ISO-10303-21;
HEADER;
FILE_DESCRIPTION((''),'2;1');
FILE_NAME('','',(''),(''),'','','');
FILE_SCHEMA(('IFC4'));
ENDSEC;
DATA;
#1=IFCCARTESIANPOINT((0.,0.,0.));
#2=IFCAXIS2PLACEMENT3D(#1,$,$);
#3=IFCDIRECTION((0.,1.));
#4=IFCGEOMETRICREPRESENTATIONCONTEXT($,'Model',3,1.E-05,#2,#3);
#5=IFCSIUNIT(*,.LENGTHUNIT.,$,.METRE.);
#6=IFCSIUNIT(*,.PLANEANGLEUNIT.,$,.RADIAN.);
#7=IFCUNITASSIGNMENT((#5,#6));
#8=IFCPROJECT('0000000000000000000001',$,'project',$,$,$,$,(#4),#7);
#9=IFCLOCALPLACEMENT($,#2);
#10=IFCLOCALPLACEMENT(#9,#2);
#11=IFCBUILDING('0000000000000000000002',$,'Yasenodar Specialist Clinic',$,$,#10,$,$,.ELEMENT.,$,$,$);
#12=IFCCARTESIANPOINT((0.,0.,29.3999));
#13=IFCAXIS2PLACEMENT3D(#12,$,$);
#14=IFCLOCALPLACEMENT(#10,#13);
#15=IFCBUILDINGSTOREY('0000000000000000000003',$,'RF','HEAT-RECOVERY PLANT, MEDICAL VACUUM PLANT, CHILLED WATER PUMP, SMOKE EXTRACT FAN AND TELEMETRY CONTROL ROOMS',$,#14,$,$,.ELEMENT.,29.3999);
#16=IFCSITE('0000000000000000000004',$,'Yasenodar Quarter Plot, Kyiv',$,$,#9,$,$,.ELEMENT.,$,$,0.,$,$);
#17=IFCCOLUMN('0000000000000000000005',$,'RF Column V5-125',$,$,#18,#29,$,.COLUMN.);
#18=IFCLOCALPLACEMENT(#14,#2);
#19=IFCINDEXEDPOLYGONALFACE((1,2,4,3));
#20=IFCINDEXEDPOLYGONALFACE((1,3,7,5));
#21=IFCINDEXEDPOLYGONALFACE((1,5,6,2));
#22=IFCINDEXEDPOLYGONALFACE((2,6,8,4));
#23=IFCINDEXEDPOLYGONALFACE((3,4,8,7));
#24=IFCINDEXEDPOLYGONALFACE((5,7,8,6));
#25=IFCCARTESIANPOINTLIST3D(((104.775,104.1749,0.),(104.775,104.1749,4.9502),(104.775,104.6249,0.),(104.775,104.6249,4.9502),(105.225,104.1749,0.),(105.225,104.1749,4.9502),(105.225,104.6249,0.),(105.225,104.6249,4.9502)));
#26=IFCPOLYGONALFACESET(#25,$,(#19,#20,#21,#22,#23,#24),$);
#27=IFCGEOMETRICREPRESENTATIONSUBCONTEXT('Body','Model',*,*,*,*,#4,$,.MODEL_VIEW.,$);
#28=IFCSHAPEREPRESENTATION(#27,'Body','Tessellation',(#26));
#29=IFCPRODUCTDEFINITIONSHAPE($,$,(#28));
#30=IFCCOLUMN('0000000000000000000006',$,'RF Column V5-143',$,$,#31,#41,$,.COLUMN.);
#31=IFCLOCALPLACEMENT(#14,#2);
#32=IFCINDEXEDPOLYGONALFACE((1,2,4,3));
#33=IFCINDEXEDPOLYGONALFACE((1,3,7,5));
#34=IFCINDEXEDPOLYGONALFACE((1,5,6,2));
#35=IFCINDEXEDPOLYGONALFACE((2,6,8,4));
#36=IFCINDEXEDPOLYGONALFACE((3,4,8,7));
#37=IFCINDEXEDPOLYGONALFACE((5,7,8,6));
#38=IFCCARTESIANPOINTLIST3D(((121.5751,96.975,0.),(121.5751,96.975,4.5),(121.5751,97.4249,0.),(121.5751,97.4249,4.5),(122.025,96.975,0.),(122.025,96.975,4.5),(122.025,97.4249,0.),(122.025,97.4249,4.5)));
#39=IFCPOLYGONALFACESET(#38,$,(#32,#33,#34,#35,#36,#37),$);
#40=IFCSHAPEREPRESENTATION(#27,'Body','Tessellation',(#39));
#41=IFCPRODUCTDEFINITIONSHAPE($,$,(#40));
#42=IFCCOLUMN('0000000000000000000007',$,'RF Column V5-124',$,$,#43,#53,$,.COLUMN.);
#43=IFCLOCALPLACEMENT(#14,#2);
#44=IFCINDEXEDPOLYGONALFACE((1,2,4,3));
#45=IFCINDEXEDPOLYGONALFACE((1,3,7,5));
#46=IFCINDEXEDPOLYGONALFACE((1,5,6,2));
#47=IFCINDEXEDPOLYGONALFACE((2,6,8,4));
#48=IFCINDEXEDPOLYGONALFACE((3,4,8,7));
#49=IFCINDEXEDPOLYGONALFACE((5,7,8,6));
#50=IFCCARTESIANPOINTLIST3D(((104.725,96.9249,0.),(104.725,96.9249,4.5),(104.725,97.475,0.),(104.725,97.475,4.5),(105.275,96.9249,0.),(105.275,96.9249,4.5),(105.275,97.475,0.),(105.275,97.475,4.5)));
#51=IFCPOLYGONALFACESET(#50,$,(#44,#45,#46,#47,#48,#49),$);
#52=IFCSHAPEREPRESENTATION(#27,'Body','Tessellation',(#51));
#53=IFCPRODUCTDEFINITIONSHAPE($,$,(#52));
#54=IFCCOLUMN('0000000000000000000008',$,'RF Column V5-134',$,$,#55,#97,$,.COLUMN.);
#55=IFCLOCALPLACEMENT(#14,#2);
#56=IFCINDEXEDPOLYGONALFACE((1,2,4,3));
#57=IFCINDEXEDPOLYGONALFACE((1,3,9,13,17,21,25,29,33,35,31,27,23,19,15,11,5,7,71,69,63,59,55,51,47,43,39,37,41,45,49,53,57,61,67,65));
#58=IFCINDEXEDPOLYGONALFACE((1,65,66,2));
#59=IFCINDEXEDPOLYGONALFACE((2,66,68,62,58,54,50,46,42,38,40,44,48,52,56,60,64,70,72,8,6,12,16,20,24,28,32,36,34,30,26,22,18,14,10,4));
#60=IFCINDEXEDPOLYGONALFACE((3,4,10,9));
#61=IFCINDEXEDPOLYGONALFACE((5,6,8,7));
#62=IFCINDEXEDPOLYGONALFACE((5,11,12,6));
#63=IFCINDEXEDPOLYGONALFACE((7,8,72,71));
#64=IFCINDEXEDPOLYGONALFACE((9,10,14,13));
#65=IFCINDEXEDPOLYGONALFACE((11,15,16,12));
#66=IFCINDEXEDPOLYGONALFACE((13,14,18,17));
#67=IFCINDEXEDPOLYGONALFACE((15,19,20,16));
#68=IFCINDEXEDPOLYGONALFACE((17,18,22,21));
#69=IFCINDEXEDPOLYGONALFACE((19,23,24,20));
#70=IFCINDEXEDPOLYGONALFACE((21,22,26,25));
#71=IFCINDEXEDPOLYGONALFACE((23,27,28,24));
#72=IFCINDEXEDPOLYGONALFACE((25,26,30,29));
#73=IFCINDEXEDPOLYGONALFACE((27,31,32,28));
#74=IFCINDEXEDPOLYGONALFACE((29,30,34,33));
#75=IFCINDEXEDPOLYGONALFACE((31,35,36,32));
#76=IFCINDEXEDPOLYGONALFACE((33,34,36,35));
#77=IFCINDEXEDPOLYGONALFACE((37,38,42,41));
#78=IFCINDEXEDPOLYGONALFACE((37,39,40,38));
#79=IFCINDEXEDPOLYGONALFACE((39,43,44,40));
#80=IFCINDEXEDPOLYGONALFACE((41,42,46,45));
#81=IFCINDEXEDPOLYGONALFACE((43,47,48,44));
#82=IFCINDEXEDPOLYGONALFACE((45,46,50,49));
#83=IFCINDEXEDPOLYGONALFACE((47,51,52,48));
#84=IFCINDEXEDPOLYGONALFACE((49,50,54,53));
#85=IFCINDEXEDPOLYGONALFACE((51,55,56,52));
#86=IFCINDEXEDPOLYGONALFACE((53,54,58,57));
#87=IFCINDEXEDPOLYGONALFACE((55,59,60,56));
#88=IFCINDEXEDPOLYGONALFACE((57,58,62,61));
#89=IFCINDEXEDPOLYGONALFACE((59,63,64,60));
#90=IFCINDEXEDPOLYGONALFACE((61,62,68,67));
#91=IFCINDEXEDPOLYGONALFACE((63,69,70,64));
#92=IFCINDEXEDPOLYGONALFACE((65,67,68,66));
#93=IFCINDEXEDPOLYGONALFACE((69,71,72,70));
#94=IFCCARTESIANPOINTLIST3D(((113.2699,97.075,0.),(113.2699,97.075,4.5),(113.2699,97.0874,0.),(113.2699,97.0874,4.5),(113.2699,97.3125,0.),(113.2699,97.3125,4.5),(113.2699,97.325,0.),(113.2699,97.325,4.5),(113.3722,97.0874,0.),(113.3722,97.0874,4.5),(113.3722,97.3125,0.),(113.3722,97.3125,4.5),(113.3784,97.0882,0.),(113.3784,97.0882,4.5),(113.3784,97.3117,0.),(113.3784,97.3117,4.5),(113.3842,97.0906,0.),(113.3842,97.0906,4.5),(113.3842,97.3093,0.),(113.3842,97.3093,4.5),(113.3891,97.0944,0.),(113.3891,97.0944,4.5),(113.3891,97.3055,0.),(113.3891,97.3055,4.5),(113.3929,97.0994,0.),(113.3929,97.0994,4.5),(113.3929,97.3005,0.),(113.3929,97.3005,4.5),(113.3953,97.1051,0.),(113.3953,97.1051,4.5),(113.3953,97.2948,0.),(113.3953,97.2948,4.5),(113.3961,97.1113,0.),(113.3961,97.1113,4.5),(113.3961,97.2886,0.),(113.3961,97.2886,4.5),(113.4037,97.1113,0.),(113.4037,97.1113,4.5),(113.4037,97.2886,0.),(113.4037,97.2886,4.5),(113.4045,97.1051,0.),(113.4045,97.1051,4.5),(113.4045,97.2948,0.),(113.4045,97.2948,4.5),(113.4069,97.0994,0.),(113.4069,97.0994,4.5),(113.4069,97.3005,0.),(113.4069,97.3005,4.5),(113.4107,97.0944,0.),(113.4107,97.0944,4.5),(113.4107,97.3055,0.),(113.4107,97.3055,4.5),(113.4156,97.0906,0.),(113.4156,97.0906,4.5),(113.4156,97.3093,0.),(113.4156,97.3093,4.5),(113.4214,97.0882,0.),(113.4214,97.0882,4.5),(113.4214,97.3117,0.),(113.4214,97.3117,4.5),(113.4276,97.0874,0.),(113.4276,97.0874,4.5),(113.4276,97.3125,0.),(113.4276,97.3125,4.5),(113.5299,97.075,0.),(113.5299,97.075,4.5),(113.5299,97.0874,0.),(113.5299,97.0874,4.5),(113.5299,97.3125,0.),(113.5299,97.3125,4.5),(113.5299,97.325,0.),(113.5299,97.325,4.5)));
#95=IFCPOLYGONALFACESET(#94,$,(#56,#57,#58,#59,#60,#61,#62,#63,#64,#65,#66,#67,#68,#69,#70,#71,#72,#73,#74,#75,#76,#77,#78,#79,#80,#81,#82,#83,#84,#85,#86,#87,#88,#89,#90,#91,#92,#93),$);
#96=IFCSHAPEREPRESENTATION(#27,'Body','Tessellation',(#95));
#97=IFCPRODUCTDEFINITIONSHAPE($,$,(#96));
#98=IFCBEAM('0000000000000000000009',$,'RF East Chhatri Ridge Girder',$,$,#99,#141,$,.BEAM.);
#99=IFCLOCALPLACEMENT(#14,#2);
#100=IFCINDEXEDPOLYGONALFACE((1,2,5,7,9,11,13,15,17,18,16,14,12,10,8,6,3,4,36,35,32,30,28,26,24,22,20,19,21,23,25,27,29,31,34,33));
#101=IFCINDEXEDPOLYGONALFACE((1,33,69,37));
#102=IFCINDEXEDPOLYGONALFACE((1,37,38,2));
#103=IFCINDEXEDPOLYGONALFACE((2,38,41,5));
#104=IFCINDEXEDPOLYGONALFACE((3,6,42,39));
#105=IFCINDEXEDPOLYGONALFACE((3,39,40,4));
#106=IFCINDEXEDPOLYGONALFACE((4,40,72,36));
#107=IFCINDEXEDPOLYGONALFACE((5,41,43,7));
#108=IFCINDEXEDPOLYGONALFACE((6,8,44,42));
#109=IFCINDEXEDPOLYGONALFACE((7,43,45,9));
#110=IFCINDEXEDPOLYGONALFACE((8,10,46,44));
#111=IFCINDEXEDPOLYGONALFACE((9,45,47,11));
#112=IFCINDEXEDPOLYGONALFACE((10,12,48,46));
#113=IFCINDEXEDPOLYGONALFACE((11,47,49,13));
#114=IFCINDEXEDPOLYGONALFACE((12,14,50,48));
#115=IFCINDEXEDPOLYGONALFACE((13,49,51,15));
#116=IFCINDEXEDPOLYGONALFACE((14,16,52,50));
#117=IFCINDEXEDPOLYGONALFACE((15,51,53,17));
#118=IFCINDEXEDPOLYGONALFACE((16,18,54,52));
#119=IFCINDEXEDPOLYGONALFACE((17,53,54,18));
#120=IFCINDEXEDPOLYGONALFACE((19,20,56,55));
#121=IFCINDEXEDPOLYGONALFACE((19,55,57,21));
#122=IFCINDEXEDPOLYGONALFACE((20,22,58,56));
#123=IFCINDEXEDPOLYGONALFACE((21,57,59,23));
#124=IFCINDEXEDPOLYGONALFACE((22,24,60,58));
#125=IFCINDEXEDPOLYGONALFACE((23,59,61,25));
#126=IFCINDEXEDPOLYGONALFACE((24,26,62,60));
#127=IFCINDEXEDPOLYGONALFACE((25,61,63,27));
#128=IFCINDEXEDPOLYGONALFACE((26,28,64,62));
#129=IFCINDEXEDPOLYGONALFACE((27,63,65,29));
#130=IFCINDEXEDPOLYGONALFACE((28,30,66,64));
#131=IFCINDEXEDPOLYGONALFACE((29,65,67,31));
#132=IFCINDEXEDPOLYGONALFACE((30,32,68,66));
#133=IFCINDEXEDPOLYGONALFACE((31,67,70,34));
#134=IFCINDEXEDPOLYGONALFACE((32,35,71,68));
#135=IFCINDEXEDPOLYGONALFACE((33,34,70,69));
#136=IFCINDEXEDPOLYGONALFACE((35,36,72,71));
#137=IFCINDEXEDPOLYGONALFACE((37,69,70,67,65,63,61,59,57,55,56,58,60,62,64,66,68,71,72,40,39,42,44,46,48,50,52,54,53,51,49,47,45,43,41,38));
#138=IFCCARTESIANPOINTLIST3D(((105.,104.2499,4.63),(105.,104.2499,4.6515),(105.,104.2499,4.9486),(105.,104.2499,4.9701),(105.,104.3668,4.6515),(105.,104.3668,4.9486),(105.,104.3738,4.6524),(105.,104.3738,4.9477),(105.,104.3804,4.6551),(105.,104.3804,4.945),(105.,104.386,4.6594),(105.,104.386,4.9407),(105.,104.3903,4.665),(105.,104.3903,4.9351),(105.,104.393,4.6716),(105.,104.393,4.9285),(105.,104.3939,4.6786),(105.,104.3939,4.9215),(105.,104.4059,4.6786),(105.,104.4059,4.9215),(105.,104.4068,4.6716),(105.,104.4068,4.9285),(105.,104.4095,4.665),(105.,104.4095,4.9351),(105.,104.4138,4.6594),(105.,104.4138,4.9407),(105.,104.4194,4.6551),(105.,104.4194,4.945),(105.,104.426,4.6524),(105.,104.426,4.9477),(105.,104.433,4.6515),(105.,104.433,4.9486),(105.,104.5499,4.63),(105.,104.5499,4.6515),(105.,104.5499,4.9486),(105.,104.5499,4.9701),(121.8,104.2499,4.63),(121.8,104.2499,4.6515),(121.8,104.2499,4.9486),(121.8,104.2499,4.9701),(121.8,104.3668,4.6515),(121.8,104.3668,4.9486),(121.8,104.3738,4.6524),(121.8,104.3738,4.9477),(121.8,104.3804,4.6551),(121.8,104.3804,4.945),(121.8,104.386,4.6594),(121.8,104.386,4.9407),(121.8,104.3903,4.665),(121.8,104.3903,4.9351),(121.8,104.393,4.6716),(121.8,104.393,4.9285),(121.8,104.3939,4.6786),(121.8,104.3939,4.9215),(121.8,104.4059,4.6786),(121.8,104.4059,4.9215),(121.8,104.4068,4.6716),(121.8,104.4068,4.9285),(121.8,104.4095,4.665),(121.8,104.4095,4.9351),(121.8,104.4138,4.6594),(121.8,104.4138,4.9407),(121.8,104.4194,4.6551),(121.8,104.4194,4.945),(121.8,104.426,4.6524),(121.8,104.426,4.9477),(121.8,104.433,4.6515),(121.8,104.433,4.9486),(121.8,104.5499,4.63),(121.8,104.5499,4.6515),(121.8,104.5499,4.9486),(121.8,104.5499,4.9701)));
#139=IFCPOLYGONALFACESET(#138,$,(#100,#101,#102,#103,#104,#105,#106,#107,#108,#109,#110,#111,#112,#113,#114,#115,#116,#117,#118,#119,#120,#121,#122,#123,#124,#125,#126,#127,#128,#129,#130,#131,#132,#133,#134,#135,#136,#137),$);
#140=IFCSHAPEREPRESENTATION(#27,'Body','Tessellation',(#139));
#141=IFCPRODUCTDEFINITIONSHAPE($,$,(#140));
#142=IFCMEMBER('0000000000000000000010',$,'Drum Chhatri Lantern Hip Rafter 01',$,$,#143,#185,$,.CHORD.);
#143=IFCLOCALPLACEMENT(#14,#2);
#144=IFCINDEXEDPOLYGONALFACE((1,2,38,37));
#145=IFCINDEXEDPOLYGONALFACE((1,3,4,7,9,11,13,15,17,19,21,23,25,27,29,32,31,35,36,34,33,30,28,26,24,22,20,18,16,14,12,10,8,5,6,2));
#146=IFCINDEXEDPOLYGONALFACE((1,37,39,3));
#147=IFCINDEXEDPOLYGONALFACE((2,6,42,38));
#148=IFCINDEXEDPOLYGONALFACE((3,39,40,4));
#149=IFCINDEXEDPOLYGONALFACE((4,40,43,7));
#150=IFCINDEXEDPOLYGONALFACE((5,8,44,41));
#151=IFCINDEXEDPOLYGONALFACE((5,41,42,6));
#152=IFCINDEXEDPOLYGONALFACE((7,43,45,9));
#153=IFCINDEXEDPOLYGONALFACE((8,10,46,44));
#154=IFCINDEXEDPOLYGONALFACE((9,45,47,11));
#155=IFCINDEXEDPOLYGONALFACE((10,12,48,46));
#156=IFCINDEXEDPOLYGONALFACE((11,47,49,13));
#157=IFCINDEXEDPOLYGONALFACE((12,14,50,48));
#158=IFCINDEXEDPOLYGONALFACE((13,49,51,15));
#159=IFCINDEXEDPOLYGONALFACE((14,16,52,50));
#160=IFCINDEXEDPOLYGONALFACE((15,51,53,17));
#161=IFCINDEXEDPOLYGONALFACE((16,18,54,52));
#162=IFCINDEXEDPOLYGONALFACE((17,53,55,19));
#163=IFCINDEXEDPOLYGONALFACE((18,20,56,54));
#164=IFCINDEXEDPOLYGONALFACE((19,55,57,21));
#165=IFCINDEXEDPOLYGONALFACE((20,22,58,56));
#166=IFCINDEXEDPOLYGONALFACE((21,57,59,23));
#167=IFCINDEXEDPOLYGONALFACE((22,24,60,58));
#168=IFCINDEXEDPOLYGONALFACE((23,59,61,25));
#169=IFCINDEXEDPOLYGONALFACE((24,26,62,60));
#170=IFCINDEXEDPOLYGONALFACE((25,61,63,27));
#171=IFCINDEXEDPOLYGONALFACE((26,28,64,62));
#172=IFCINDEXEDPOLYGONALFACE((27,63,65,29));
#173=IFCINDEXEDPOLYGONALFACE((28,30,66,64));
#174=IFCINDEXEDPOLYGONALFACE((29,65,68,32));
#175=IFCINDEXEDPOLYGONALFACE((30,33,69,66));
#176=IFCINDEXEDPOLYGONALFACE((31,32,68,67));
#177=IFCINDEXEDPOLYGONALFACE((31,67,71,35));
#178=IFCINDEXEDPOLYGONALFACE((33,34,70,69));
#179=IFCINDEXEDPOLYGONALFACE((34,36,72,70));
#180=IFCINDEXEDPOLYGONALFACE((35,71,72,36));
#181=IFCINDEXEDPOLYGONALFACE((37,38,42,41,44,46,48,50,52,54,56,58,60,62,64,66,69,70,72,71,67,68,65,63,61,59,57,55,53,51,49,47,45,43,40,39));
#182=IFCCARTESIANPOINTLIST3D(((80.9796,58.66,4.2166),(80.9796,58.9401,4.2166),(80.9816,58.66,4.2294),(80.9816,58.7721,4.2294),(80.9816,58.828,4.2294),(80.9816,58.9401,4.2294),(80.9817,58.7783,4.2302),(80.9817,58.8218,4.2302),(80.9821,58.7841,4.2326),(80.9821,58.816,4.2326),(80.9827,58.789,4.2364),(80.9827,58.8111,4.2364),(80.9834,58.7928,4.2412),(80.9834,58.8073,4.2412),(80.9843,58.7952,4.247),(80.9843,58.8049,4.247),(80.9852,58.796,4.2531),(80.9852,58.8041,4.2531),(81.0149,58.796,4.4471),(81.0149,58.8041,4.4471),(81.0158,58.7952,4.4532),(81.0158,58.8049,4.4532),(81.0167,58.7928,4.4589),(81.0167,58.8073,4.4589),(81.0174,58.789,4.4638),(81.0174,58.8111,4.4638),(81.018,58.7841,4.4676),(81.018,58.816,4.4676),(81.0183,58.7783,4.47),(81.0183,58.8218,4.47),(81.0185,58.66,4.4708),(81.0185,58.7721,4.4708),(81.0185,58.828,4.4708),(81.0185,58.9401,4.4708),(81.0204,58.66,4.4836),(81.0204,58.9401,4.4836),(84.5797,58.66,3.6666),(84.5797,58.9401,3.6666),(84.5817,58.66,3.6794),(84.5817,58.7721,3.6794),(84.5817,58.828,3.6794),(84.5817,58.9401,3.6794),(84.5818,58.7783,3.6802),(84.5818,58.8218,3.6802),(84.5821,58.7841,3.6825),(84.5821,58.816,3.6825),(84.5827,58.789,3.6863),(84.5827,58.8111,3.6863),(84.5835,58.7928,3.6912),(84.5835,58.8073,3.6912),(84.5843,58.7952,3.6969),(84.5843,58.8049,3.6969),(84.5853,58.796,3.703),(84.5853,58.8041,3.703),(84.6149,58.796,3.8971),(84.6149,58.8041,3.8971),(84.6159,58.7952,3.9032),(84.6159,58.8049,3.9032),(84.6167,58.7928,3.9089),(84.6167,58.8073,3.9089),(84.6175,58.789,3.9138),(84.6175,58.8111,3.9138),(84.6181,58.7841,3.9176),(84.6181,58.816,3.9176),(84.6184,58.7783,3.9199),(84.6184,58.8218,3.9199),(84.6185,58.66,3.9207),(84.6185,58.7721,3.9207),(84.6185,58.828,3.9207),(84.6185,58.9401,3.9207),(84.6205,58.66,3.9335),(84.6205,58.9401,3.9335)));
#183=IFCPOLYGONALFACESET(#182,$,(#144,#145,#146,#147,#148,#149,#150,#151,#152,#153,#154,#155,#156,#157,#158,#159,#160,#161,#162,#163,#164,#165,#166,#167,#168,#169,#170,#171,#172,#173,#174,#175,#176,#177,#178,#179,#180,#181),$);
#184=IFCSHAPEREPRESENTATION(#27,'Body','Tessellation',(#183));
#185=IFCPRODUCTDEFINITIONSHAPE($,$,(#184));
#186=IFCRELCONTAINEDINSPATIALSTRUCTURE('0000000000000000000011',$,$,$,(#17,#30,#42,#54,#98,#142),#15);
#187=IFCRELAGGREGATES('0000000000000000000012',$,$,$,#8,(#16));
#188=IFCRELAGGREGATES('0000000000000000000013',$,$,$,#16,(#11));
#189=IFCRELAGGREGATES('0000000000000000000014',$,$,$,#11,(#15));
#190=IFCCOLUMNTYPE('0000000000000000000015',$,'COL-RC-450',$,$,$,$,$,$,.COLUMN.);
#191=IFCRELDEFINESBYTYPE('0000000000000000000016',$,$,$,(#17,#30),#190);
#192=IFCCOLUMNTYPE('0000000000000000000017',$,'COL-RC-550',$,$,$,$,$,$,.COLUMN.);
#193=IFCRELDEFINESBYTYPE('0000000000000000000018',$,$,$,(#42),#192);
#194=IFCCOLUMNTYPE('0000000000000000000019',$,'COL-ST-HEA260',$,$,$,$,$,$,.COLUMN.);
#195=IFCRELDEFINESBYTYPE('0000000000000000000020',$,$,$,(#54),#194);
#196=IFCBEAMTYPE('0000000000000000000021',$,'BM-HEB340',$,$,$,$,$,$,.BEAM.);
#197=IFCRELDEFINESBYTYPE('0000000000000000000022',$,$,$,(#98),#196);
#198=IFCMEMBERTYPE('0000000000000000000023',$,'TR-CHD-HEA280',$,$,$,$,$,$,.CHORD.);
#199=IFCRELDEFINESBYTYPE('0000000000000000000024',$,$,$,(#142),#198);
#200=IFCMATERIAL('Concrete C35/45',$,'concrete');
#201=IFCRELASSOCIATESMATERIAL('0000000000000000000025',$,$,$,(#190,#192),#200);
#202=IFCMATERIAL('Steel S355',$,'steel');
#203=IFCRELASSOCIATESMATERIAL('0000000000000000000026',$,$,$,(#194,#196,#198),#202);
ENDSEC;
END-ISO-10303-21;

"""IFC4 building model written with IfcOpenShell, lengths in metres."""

from ifc_helpers import new_model, si_unit, direction, frame, origin, origin_2d, place, context, subcontext, project, spatial, rectangle, i_section, extrude, material, material_profile, profile_set, type_object, element, save


model = new_model("IFC4")

# Units and contexts
model_context = context("Model", 3, precision=1e-05, world=origin(), true_north=direction((0.0, 1.0)))
body_context = subcontext(model_context, "Body", "Model", "MODEL_VIEW")
ifc_project = project(units=[si_unit("LENGTHUNIT", "METRE"), si_unit("PLANEANGLEUNIT", "RADIAN")], contexts=[model_context])

# Site, building, storey
site_placement = place(None, origin())
site = spatial("IfcSite", under=ifc_project, at=site_placement, Name="Yasenodar Quarter Plot, Kyiv", CompositionType="ELEMENT", RefElevation=0.0)
building_placement = place(site_placement, origin())
building = spatial("IfcBuilding", under=site, at=building_placement, Name="Yasenodar Specialist Clinic", CompositionType="ELEMENT")
storey_placement = place(building_placement, frame((0.0, 0.0, 29.3999)))
storey = spatial("IfcBuildingStorey", under=building, at=storey_placement, Name="RF", Description="HEAT-RECOVERY PLANT, MEDICAL VACUUM PLANT, CHILLED WATER PUMP, SMOKE EXTRACT FAN AND TELEMETRY CONTROL ROOMS", CompositionType="ELEMENT", Elevation=29.3999)

# Columns
ifc_material_1 = material(Name="Concrete C35/45", Category="concrete")
ifc_material_profile_1 = material_profile(ifc_material_1, rectangle(XDim=0.45, YDim=0.45, at=origin_2d()), Name="RC 450x450")
ifc_profile_set_1 = profile_set([ifc_material_profile_1], Name="Concrete C35/45")
column_type_1 = type_object("IfcColumnType", Name="COL-RC-450", PredefinedType="COLUMN", material=ifc_profile_set_1)
column_1_placement = place(storey_placement, frame((105.0, 104.3999, 0.0), z_axis=(0.0, 0.0, 1.0), x_axis=(1.0, 0.0, 0.0)))
element("IfcColumn", 1, at=column_1_placement, inside=storey, type_object=column_type_1, Name="RF Column V5-125", PredefinedType="COLUMN", context=body_context, shape_type="SweptSolid", body=[
    extrude(rectangle(XDim=0.45, YDim=0.45, at=origin_2d()), origin(), (0.0, 0.0, 1.0), 4.9502),
])
column_2_placement = place(storey_placement, frame((121.8, 97.2, 0.0), z_axis=(0.0, 0.0, 1.0), x_axis=(1.0, 0.0, 0.0)))
element("IfcColumn", 2, at=column_2_placement, inside=storey, type_object=column_type_1, Name="RF Column V5-143", PredefinedType="COLUMN", context=body_context, shape_type="SweptSolid", body=[
    extrude(rectangle(XDim=0.45, YDim=0.45, at=origin_2d()), origin(), (0.0, 0.0, 1.0), 4.5),
])
ifc_material_profile_2 = material_profile(ifc_material_1, rectangle(XDim=0.55, YDim=0.55, at=origin_2d()), Name="RC 550x550")
ifc_profile_set_2 = profile_set([ifc_material_profile_2], Name="Concrete C35/45")
column_type_2 = type_object("IfcColumnType", Name="COL-RC-550", PredefinedType="COLUMN", material=ifc_profile_set_2)
column_3_placement = place(storey_placement, frame((105.0, 97.2, 0.0), z_axis=(0.0, 0.0, 1.0), x_axis=(1.0, 0.0, 0.0)))
element("IfcColumn", 3, at=column_3_placement, inside=storey, type_object=column_type_2, Name="RF Column V5-124", PredefinedType="COLUMN", context=body_context, shape_type="SweptSolid", body=[
    extrude(rectangle(XDim=0.55, YDim=0.55, at=origin_2d()), origin(), (0.0, 0.0, 1.0), 4.5),
])
ifc_material_2 = material(Name="Steel S355", Category="steel")
ifc_material_profile_3 = material_profile(ifc_material_2, i_section(OverallWidth=0.26, OverallDepth=0.25, WebThickness=0.0076, FlangeThickness=0.0125, FilletRadius=0.0239, at=origin_2d()), Name="HEA 260")
ifc_profile_set_3 = profile_set([ifc_material_profile_3], Name="Steel S355")
column_type_3 = type_object("IfcColumnType", Name="COL-ST-HEA260", PredefinedType="COLUMN", material=ifc_profile_set_3)
column_4_placement = place(storey_placement, frame((113.3999, 97.2, 0.0), z_axis=(0.0, 0.0, 1.0), x_axis=(1.0, 0.0, 0.0)))
element("IfcColumn", 4, at=column_4_placement, inside=storey, type_object=column_type_3, Name="RF Column V5-134", PredefinedType="COLUMN", context=body_context, shape_type="SweptSolid", body=[
    extrude(i_section(OverallWidth=0.26, OverallDepth=0.25, WebThickness=0.0076, FlangeThickness=0.0125, FilletRadius=0.0239, at=origin_2d()), origin(), (0.0, 0.0, 1.0), 4.5),
])

# Beam
ifc_material_profile_4 = material_profile(ifc_material_2, i_section(OverallWidth=0.3, OverallDepth=0.3401, WebThickness=0.012, FlangeThickness=0.0215, FilletRadius=0.0271, at=origin_2d()), Name="HEB 340")
ifc_profile_set_4 = profile_set([ifc_material_profile_4], Name="Steel S355")
beam_type = type_object("IfcBeamType", Name="BM-HEB340", PredefinedType="BEAM", material=ifc_profile_set_4)
beam_placement = place(storey_placement, frame((105.0, 104.3999, 4.8), z_axis=(1.0, 0.0, 0.0), x_axis=(0.0, 1.0, 0.0)))
element("IfcBeam", 5, at=beam_placement, inside=storey, type_object=beam_type, Name="RF East Chhatri Ridge Girder", PredefinedType="BEAM", context=body_context, shape_type="SweptSolid", body=[
    extrude(i_section(OverallWidth=0.3, OverallDepth=0.3401, WebThickness=0.012, FlangeThickness=0.0215, FilletRadius=0.0271, at=origin_2d()), origin(), (0.0, 0.0, 1.0), 16.8),
])

# Member
ifc_material_profile_5 = material_profile(ifc_material_2, i_section(OverallWidth=0.28, OverallDepth=0.27, WebThickness=0.0081, FlangeThickness=0.0129, FilletRadius=0.0239, at=origin_2d()), Name="HEA 280")
ifc_profile_set_5 = profile_set([ifc_material_profile_5], Name="Steel S355")
member_type = type_object("IfcMemberType", Name="TR-CHD-HEA280", PredefinedType="CHORD", material=ifc_profile_set_5)
member_1_placement = place(storey_placement, frame((84.6001, 58.8, 3.8), z_axis=(-0.988528, 0.0, 0.151034), x_axis=(0.0, -1.0, 0.0)))
element("IfcMember", 6, at=member_1_placement, inside=storey, type_object=member_type, Name="Drum Chhatri Lantern Hip Rafter 01", PredefinedType="CHORD", context=body_context, shape_type="SweptSolid", body=[
    extrude(i_section(OverallWidth=0.28, OverallDepth=0.27, WebThickness=0.0081, FlangeThickness=0.0129, FilletRadius=0.0239, at=origin_2d()), origin(), (0.0, 0.0, 1.0), 3.6418),
])

save(model, "model.ifc")
